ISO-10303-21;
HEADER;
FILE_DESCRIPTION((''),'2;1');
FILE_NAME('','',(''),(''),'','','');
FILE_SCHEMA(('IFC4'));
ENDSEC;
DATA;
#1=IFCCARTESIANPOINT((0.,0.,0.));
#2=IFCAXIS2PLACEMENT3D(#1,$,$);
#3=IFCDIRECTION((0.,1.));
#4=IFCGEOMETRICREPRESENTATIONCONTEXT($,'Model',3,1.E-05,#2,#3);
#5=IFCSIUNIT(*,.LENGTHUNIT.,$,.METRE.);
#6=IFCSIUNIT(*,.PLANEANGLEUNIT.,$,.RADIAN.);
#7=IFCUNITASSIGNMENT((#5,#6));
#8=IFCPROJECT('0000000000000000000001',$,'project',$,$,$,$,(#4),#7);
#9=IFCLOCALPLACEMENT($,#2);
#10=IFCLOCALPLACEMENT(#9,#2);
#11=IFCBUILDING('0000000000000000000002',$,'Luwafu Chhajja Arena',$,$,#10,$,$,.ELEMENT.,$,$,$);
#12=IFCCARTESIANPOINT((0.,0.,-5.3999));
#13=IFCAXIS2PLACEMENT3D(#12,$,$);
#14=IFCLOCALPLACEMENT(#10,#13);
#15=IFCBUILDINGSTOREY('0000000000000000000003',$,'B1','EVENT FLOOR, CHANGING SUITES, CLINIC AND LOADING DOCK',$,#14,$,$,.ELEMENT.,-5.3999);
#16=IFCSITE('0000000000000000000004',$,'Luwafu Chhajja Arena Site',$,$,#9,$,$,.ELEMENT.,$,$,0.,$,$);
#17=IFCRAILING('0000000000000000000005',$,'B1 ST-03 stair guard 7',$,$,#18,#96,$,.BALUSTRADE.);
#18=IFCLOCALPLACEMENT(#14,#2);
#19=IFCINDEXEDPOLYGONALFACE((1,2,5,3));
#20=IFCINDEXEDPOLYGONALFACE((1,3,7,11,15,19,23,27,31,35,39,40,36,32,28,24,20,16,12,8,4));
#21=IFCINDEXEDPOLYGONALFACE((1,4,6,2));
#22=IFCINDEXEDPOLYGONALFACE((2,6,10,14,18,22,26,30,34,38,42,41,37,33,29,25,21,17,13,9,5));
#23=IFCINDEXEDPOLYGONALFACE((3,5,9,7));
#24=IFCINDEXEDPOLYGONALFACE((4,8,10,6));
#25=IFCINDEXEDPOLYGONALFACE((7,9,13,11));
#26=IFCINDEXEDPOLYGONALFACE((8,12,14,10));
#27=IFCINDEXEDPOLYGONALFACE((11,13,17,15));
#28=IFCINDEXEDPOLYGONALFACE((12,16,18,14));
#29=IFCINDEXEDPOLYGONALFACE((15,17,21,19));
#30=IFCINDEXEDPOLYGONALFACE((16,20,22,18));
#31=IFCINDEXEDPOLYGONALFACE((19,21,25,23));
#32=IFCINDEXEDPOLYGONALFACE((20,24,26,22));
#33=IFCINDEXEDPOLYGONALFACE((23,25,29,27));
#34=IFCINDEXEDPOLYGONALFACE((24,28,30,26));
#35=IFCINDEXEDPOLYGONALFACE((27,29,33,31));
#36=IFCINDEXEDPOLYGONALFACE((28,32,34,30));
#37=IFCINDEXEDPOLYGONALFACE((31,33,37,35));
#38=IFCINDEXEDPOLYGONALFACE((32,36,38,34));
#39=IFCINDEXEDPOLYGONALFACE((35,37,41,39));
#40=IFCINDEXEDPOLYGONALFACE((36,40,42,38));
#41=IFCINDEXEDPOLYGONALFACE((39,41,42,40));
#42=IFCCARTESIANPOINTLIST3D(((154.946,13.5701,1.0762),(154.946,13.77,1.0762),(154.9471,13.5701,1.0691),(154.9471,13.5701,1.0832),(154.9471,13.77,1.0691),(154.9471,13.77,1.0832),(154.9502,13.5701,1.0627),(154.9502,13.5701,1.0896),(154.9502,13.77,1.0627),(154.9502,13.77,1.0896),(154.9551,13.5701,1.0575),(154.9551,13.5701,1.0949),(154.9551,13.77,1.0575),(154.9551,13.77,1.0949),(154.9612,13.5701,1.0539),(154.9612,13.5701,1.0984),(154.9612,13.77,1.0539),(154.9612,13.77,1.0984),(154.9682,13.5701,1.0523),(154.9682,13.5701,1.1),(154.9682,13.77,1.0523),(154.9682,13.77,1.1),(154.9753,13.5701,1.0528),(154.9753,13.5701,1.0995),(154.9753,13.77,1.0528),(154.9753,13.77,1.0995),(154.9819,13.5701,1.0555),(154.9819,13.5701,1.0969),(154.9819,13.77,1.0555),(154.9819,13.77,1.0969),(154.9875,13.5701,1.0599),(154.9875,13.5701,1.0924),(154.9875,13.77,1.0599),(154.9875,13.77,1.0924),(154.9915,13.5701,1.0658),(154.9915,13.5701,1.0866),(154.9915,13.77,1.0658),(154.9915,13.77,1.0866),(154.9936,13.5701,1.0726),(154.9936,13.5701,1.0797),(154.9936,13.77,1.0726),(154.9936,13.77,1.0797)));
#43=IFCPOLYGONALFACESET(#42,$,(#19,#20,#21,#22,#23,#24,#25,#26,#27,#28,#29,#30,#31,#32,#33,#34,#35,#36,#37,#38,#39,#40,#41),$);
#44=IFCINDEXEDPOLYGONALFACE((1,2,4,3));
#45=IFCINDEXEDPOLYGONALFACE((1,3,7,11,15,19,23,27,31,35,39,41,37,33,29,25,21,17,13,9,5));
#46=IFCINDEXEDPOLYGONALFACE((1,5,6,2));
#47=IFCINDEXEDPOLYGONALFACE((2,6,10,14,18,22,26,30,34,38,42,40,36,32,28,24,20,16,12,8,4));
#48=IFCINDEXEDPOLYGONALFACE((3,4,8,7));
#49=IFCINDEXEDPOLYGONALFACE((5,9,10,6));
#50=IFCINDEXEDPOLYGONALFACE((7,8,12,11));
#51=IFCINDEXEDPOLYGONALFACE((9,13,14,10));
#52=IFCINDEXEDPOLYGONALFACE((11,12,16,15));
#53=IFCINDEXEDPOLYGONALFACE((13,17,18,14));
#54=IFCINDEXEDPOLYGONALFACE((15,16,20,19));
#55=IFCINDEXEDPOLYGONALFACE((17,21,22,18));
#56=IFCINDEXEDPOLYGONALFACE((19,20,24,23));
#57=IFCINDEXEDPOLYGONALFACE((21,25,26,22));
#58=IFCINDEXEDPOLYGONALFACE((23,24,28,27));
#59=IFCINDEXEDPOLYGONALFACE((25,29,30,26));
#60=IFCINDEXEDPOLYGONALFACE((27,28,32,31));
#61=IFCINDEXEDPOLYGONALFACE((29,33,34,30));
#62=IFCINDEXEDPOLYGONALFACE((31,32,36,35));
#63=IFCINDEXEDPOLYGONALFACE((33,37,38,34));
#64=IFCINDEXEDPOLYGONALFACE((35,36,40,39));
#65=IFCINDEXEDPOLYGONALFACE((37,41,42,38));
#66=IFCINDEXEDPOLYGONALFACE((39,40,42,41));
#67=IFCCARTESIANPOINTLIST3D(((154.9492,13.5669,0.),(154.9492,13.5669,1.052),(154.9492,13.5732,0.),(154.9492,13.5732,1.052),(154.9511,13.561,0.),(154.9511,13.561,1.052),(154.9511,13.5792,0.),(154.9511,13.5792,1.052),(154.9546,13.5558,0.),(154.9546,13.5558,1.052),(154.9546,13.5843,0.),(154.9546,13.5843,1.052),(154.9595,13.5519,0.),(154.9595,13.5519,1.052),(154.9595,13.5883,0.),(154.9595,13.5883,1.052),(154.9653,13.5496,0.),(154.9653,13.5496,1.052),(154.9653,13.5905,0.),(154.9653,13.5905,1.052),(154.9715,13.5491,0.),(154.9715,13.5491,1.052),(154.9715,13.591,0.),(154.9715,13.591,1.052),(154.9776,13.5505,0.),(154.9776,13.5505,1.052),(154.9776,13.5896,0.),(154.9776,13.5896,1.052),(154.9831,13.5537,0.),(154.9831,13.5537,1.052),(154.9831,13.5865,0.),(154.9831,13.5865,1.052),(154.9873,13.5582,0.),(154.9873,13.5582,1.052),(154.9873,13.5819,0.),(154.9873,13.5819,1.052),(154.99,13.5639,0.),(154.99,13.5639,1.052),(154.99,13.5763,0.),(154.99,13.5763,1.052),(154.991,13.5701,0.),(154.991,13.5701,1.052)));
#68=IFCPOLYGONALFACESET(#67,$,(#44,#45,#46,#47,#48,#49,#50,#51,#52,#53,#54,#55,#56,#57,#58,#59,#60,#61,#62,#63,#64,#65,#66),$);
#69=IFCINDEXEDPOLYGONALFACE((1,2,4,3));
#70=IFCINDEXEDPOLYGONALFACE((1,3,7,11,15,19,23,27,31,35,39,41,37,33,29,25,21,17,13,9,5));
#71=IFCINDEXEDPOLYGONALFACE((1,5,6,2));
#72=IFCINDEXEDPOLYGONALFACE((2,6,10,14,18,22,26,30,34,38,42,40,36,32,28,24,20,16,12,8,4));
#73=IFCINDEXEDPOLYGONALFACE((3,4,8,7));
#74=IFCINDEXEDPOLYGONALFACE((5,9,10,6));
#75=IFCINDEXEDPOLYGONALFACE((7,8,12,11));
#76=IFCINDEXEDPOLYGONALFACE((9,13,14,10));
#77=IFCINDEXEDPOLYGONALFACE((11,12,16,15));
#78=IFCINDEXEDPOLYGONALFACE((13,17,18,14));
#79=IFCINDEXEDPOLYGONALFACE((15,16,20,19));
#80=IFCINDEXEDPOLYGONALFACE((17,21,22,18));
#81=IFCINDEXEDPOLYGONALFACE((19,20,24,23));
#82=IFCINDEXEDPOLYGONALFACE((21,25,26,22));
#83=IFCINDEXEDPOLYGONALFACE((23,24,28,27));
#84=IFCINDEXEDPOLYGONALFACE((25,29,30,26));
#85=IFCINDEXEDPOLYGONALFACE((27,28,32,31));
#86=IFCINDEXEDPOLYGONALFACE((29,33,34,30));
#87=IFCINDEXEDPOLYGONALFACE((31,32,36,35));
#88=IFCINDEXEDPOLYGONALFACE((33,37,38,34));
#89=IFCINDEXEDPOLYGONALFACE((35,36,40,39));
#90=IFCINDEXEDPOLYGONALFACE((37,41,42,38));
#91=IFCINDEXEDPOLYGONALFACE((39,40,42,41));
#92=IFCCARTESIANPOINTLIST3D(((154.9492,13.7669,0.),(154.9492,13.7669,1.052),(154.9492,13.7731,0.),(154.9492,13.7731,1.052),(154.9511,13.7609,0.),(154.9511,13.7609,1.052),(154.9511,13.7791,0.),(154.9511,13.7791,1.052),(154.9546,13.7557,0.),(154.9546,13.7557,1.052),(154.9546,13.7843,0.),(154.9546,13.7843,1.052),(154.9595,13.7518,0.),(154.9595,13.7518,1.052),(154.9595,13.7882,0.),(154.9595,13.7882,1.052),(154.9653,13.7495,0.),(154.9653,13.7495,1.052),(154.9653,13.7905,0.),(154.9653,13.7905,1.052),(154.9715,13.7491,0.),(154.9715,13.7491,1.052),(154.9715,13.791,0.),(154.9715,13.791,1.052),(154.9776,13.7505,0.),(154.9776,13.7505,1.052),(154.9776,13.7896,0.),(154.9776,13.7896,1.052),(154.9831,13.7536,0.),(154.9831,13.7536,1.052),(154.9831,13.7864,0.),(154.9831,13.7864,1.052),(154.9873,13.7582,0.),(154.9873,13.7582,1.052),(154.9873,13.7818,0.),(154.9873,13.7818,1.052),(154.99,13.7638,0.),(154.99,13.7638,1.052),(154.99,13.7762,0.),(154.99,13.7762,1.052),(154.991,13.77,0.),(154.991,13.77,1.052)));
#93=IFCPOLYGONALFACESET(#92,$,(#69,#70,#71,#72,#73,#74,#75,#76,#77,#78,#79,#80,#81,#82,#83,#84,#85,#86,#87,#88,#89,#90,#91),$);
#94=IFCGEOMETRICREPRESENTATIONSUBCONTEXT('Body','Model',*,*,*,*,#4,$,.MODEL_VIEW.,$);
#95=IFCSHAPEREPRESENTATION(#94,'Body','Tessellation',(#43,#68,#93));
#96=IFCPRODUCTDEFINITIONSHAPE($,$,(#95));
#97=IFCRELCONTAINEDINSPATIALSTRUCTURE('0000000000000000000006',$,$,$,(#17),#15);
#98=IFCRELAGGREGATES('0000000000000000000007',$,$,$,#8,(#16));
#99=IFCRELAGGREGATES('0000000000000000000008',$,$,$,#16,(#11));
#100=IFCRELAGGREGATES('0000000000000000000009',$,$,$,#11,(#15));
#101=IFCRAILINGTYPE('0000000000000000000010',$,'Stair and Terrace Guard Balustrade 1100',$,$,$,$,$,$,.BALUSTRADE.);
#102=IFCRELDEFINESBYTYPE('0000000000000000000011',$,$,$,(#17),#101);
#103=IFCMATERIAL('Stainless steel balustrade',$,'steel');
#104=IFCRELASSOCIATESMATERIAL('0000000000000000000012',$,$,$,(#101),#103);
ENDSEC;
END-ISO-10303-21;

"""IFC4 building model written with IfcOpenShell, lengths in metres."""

from ifc_helpers import new_model, si_unit, direction, frame, origin, origin_2d, place, context, subcontext, project, spatial, circle, extrude, material, type_object, element, save


model = new_model("IFC4")

# Units and contexts
model_context = context("Model", 3, precision=1e-05, world=origin(), true_north=direction((0.0, 1.0)))
body_context = subcontext(model_context, "Body", "Model", "MODEL_VIEW")
ifc_project = project(units=[si_unit("LENGTHUNIT", "METRE"), si_unit("PLANEANGLEUNIT", "RADIAN")], contexts=[model_context])

# Site, building, storey
site_placement = place(None, origin())
site = spatial("IfcSite", under=ifc_project, at=site_placement, Name="Luwafu Chhajja Arena Site", CompositionType="ELEMENT", RefElevation=0.0)
building_placement = place(site_placement, origin())
building = spatial("IfcBuilding", under=site, at=building_placement, Name="Luwafu Chhajja Arena", CompositionType="ELEMENT")
storey_placement = place(building_placement, frame((0.0, 0.0, -5.3999)))
storey = spatial("IfcBuildingStorey", under=building, at=storey_placement, Name="B1", Description="EVENT FLOOR, CHANGING SUITES, CLINIC AND LOADING DOCK", CompositionType="ELEMENT", Elevation=-5.3999)

# Railing
ifc_material_1 = material(Name="Stainless steel balustrade", Category="steel")
railing_type_1 = type_object("IfcRailingType", Name="Stair and Terrace Guard Balustrade 1100", PredefinedType="BALUSTRADE", material=ifc_material_1)
railing_1_placement = place(storey_placement, frame((154.97, 13.5701, 0.0)))
element("IfcRailing", 1, at=railing_1_placement, inside=storey, type_object=railing_type_1, Name="B1 ST-03 stair guard 7", PredefinedType="BALUSTRADE", context=body_context, shape_type="SweptSolid", body=[
    extrude(circle(Radius=0.0239, at=origin_2d()), frame((0.0, 0.0, 1.0762), z_axis=(0.0, 1.0, 0.0), x_axis=(-1.0, 0.0, 0.0)), (0.0, 0.0, 1.0), 0.2),
    extrude(circle(Radius=0.021, at=origin_2d()), origin(), (0.0, 0.0, 1.0), 1.052),
    extrude(circle(Radius=0.021, at=origin_2d()), frame((0.0, 0.2, 0.0)), (0.0, 0.0, 1.0), 1.052),
])

save(model, "model.ifc")
